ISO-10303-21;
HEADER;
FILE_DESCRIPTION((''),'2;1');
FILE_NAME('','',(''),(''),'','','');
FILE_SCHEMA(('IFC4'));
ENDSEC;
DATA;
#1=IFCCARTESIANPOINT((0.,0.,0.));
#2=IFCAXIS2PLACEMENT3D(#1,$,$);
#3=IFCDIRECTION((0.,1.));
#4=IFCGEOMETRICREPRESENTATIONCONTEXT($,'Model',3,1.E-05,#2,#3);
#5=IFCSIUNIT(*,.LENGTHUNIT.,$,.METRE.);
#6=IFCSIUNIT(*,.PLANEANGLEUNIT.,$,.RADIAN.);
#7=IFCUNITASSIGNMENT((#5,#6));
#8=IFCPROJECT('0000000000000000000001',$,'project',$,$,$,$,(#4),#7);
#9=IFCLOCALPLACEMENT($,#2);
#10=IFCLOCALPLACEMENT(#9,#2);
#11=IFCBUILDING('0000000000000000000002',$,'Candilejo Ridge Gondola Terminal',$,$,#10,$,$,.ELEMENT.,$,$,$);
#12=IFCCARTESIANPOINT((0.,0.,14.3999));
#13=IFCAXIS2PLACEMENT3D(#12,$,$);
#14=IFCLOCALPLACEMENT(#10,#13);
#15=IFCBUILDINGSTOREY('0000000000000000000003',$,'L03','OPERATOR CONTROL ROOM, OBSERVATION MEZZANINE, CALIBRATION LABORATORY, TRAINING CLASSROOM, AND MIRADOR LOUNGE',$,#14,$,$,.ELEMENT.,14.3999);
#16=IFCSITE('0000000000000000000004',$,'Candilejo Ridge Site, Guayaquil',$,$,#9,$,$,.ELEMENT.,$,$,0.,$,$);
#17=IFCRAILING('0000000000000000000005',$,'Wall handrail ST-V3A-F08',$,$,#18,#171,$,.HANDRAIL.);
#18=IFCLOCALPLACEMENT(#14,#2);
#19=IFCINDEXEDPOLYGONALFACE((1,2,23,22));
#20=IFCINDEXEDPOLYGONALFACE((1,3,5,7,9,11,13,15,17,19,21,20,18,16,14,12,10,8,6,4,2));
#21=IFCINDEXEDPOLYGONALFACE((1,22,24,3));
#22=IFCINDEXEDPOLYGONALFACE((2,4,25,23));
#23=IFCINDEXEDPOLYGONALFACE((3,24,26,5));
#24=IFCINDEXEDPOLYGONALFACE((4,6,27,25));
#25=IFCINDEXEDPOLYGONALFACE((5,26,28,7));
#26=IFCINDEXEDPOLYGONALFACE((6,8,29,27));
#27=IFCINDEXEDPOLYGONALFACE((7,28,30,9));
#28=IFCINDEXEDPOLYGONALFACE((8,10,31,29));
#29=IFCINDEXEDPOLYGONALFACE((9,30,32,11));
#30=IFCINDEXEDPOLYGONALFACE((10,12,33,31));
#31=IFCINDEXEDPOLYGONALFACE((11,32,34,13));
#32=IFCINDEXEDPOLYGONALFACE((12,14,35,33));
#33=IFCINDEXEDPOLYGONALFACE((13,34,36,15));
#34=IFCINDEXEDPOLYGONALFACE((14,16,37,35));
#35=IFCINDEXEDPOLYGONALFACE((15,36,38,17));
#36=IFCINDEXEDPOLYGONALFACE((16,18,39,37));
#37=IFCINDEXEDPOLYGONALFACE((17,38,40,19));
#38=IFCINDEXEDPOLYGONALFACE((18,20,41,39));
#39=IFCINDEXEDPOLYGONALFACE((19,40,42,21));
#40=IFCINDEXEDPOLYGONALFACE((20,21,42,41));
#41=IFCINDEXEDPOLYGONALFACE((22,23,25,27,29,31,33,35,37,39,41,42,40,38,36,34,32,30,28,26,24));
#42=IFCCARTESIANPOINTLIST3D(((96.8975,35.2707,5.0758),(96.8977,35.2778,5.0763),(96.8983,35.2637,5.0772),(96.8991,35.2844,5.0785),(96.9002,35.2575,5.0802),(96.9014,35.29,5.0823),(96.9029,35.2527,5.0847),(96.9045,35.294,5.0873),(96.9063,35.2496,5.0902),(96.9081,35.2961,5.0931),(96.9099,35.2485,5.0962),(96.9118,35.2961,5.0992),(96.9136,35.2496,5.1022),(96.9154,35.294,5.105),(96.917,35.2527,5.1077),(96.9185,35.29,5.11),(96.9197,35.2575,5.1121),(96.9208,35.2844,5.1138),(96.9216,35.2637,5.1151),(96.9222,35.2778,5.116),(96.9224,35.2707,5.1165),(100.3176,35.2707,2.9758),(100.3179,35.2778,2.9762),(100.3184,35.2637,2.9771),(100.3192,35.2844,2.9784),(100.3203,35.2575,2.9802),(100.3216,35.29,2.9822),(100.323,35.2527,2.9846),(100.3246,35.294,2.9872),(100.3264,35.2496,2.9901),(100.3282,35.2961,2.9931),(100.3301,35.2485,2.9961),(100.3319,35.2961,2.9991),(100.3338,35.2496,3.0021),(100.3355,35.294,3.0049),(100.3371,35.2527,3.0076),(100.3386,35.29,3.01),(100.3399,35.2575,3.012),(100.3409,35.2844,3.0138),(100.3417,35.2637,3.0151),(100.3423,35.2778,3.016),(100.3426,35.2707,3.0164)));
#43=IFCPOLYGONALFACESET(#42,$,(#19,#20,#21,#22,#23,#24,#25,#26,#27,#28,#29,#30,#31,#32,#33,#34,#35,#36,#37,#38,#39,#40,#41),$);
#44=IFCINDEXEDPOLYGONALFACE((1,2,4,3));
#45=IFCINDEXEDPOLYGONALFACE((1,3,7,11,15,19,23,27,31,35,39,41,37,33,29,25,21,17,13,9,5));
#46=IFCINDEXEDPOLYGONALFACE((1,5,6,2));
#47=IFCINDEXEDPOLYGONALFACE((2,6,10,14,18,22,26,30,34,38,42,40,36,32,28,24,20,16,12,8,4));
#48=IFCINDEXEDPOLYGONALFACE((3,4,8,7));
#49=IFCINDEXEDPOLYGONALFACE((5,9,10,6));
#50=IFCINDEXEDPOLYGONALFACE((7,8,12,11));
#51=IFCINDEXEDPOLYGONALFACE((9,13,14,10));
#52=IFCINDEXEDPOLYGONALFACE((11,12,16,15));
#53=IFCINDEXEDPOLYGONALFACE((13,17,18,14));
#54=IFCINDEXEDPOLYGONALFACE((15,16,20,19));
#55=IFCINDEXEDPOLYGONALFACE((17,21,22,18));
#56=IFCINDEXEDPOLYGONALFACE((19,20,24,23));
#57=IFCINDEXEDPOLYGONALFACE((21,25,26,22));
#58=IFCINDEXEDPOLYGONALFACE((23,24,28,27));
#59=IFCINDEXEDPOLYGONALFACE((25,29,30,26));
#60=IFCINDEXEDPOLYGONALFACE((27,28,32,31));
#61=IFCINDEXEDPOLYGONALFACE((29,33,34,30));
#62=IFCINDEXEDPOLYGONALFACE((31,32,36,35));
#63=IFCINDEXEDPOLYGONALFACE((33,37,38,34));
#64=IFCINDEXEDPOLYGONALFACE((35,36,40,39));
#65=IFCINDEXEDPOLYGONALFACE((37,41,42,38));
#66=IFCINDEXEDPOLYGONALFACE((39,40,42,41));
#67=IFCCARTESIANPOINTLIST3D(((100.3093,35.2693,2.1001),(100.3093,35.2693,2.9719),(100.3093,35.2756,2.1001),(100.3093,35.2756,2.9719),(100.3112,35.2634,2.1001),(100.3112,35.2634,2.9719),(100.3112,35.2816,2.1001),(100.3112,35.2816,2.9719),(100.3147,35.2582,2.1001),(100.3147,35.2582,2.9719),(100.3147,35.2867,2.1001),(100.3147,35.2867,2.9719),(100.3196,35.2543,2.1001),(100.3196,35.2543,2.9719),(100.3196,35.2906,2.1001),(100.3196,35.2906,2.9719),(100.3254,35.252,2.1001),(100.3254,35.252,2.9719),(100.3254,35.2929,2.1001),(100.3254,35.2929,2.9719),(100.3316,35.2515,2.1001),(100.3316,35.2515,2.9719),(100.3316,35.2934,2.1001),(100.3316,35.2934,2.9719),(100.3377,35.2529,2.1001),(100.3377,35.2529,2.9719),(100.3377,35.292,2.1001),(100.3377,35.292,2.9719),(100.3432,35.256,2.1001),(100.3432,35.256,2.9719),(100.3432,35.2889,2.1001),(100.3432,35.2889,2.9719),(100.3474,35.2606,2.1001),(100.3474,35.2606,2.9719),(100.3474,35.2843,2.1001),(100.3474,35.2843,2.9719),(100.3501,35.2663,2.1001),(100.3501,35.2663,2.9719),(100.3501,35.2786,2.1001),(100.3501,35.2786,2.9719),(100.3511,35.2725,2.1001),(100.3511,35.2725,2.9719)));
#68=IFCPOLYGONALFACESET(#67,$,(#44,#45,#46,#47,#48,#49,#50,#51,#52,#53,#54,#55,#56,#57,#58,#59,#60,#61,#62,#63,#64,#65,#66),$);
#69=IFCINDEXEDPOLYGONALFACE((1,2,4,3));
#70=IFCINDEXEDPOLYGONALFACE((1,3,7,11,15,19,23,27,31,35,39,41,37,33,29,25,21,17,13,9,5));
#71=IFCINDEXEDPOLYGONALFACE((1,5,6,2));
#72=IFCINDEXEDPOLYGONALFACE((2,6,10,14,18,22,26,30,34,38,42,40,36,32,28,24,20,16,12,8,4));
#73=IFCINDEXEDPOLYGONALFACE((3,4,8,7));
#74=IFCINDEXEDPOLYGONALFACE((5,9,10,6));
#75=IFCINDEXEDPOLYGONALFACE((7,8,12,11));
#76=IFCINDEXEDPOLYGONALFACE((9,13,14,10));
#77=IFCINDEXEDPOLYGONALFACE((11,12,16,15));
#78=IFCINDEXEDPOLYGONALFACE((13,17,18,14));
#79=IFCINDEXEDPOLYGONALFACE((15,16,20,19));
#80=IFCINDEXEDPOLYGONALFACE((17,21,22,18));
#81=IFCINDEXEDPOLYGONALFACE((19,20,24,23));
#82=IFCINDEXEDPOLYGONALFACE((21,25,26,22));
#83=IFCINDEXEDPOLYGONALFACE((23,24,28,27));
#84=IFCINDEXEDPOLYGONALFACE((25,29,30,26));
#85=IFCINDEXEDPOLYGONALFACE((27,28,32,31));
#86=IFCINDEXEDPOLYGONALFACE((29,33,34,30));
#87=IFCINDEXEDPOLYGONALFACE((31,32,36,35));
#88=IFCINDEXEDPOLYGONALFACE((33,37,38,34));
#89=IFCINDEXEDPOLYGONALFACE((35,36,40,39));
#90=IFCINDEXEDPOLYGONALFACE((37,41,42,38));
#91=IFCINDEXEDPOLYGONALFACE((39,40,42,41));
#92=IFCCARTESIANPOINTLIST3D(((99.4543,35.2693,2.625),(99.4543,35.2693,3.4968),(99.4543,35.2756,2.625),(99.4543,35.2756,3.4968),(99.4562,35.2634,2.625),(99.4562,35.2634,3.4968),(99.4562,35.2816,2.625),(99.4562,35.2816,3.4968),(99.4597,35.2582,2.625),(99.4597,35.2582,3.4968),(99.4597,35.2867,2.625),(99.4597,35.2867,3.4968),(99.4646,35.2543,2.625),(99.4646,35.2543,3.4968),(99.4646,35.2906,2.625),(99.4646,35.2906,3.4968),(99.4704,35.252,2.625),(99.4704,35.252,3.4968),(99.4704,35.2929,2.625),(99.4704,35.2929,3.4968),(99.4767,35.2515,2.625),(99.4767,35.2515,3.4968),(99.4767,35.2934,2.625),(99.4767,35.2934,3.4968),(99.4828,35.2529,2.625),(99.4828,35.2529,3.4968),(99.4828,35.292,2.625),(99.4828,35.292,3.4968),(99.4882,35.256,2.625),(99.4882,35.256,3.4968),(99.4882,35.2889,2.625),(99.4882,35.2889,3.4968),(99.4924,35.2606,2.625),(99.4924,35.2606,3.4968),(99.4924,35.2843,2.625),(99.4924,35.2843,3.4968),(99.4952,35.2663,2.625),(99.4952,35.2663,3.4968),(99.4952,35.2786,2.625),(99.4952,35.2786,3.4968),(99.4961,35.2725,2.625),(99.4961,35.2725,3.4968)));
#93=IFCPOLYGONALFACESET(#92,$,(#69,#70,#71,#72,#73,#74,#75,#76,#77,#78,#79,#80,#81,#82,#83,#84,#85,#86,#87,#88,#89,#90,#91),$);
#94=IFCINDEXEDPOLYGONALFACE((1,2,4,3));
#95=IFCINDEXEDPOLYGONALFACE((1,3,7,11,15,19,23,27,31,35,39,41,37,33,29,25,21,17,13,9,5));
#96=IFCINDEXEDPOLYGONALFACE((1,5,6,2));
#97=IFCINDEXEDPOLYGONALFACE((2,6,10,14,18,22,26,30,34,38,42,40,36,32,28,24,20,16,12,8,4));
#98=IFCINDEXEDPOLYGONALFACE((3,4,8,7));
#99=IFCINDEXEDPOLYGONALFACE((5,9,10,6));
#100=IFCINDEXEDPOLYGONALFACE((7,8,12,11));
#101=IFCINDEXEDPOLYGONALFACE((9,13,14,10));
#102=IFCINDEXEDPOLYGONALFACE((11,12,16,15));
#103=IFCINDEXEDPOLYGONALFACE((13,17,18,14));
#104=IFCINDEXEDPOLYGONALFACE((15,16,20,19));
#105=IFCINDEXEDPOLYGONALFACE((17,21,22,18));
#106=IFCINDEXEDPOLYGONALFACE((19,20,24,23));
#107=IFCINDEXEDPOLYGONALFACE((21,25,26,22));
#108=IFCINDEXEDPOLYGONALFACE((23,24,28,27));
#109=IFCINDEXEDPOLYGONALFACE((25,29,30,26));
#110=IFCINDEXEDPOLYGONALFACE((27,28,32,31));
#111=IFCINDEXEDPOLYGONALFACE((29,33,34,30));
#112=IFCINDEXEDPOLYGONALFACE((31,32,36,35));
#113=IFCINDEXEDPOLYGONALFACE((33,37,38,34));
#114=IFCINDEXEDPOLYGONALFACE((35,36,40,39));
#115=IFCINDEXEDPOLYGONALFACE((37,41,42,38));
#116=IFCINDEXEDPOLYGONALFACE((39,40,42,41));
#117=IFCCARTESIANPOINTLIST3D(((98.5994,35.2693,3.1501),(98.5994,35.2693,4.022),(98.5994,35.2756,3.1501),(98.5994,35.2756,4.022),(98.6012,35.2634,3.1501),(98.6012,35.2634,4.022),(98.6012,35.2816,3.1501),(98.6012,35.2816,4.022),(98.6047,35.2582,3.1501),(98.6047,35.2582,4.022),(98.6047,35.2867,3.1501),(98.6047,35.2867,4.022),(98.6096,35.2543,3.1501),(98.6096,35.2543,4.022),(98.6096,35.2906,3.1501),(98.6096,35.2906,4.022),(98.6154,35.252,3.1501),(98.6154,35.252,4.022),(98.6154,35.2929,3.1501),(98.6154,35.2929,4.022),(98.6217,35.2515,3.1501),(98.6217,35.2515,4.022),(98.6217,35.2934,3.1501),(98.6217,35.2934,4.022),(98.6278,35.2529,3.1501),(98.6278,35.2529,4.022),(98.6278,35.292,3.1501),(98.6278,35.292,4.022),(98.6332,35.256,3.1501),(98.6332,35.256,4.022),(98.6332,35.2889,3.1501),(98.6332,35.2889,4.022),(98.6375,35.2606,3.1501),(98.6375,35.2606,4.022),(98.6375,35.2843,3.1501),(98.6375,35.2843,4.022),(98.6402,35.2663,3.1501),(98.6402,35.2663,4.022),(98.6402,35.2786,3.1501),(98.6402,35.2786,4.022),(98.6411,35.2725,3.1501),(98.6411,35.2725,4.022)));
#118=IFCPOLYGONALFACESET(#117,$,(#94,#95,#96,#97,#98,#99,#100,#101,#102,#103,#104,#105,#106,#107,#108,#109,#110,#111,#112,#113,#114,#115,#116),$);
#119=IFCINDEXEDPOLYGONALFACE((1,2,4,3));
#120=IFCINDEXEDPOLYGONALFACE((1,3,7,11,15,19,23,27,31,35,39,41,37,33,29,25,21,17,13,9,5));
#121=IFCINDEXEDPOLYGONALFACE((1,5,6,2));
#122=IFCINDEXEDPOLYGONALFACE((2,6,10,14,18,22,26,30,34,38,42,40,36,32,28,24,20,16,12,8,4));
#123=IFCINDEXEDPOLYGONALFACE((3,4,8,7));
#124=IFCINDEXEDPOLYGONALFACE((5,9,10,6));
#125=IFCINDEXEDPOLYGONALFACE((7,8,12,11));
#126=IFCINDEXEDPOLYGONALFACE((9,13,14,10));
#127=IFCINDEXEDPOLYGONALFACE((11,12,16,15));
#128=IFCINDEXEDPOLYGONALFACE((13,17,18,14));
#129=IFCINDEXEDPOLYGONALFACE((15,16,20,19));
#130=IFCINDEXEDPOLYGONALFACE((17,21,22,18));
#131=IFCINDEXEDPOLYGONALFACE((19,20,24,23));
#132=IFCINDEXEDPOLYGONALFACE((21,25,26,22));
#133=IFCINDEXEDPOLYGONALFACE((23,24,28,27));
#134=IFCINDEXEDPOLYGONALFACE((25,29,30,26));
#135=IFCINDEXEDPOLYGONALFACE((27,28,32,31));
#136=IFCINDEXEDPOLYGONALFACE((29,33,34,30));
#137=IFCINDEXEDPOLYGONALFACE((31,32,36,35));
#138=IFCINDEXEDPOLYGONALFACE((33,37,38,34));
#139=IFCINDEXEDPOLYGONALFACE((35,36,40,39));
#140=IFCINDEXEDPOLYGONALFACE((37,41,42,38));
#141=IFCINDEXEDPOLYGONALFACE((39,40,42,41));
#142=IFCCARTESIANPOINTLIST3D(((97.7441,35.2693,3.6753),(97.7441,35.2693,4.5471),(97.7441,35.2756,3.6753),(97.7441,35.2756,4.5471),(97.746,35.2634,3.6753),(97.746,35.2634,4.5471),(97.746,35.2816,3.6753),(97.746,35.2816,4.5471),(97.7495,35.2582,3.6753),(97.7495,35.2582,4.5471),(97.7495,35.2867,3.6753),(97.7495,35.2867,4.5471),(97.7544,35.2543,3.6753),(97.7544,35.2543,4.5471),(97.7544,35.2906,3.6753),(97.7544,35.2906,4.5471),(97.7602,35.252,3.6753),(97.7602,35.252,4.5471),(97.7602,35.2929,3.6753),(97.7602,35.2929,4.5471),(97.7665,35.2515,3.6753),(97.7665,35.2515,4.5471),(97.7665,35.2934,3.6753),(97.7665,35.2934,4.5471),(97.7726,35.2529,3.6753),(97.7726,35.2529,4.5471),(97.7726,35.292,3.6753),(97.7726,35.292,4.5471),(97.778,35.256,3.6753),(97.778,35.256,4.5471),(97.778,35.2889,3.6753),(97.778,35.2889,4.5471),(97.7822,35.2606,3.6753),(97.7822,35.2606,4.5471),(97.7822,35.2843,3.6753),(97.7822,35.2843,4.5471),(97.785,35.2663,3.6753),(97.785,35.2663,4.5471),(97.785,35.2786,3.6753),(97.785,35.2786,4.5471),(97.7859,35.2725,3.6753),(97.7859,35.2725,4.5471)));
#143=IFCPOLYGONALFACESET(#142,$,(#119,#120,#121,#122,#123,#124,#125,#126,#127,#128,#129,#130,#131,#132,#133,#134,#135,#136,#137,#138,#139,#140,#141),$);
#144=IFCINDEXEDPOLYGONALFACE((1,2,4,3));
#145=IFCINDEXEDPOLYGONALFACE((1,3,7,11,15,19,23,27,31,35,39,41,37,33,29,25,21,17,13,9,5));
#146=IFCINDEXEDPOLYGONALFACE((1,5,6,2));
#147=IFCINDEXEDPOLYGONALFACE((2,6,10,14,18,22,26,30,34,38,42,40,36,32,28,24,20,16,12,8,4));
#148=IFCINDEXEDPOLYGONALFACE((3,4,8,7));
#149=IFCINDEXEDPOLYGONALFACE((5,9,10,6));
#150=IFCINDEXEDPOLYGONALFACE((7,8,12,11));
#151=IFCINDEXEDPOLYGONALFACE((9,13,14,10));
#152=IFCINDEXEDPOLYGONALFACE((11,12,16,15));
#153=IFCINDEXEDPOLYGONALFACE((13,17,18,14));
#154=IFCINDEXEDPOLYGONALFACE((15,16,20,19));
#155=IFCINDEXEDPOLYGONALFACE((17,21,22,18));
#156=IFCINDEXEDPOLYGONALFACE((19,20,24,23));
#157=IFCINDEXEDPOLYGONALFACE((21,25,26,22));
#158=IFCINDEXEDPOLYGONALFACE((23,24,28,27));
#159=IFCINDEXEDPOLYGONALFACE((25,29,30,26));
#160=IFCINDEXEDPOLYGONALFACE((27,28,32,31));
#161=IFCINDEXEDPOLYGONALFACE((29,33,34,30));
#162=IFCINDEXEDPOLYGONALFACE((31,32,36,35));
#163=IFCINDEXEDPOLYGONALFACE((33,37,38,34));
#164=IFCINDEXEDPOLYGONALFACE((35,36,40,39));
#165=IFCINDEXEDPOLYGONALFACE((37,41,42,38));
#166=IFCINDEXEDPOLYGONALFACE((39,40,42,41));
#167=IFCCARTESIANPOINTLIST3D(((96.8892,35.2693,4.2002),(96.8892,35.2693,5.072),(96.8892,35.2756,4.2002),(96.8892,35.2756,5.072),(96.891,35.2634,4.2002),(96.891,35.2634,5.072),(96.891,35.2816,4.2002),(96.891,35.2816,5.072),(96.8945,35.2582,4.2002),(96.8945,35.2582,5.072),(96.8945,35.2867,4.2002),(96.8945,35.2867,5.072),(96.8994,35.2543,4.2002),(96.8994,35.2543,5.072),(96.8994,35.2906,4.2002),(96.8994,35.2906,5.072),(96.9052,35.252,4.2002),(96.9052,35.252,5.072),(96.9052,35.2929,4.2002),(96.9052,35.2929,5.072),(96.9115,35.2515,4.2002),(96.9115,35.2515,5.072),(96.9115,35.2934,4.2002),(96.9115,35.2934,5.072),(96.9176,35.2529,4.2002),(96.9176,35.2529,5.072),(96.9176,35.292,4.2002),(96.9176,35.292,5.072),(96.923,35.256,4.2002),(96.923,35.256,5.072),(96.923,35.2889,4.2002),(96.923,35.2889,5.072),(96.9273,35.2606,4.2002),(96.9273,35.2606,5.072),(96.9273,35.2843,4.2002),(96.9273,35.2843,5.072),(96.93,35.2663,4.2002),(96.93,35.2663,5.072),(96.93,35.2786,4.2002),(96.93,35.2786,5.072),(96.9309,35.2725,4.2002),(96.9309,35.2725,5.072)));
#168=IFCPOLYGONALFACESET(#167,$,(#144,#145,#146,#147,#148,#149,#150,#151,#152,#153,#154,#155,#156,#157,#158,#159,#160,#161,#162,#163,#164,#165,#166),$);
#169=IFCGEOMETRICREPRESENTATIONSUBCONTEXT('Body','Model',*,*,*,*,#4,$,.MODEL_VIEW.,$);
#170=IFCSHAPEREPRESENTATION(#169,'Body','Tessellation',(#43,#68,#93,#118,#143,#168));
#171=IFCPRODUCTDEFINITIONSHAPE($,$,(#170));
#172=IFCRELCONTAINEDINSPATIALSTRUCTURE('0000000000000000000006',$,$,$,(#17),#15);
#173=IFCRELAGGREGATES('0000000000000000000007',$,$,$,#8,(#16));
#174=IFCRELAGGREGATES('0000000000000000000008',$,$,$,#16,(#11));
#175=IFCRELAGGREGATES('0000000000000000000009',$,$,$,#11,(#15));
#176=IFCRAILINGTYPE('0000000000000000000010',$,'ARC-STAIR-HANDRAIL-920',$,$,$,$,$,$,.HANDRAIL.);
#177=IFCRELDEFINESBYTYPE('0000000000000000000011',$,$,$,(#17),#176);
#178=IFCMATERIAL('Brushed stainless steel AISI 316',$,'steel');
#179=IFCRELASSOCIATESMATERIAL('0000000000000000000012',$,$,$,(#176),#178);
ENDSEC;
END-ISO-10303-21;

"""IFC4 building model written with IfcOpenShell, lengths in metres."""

from ifc_helpers import new_model, si_unit, direction, frame, origin, origin_2d, place, context, subcontext, project, spatial, circle, extrude, material, type_object, element, save


model = new_model("IFC4")

# Units and contexts
model_context = context("Model", 3, precision=1e-05, world=origin(), true_north=direction((0.0, 1.0)))
body_context = subcontext(model_context, "Body", "Model", "MODEL_VIEW")
ifc_project = project(units=[si_unit("LENGTHUNIT", "METRE"), si_unit("PLANEANGLEUNIT", "RADIAN")], contexts=[model_context])

# Site, building, storey
site_placement = place(None, origin())
site = spatial("IfcSite", under=ifc_project, at=site_placement, Name="Candilejo Ridge Site, Guayaquil", CompositionType="ELEMENT", RefElevation=0.0)
building_placement = place(site_placement, origin())
building = spatial("IfcBuilding", under=site, at=building_placement, Name="Candilejo Ridge Gondola Terminal", CompositionType="ELEMENT")
storey_placement = place(building_placement, frame((0.0, 0.0, 14.3999)))
storey = spatial("IfcBuildingStorey", under=building, at=storey_placement, Name="L03", Description="OPERATOR CONTROL ROOM, OBSERVATION MEZZANINE, CALIBRATION LABORATORY, TRAINING CLASSROOM, AND MIRADOR LOUNGE", CompositionType="ELEMENT", Elevation=14.3999)

# Railing
ifc_material_1 = material(Name="Brushed stainless steel AISI 316", Category="steel")
railing_type_1 = type_object("IfcRailingType", Name="ARC-STAIR-HANDRAIL-920", PredefinedType="HANDRAIL", material=ifc_material_1)
railing_1_placement = place(storey_placement, frame((100.3301, 35.2725, 2.1001)))
element("IfcRailing", 1, at=railing_1_placement, inside=storey, type_object=railing_type_1, Name="Wall handrail ST-V3A-F08", PredefinedType="HANDRAIL", context=body_context, shape_type="SweptSolid", body=[
    extrude(circle(Radius=0.0239, at=origin_2d()), frame((0.0, 0.0, 0.896), z_axis=(-0.852172, 0.0, 0.523262), x_axis=(0.0, -1.0, 0.0)), (0.0, 0.0, 1.0), 4.0134),
    extrude(circle(Radius=0.021, at=origin_2d()), origin(), (0.0, 0.0, 1.0), 0.8718),
    extrude(circle(Radius=0.021, at=origin_2d()), frame((-0.855, 0.0, 0.5249)), (0.0, 0.0, 1.0), 0.8718),
    extrude(circle(Radius=0.021, at=origin_2d()), frame((-1.71, 0.0, 1.05)), (0.0, 0.0, 1.0), 0.8718),
    extrude(circle(Radius=0.021, at=origin_2d()), frame((-2.5652, 0.0, 1.5752)), (0.0, 0.0, 1.0), 0.8718),
    extrude(circle(Radius=0.021, at=origin_2d()), frame((-3.4202, 0.0, 2.1001)), (0.0, 0.0, 1.0), 0.8718),
])

save(model, "model.ifc")
